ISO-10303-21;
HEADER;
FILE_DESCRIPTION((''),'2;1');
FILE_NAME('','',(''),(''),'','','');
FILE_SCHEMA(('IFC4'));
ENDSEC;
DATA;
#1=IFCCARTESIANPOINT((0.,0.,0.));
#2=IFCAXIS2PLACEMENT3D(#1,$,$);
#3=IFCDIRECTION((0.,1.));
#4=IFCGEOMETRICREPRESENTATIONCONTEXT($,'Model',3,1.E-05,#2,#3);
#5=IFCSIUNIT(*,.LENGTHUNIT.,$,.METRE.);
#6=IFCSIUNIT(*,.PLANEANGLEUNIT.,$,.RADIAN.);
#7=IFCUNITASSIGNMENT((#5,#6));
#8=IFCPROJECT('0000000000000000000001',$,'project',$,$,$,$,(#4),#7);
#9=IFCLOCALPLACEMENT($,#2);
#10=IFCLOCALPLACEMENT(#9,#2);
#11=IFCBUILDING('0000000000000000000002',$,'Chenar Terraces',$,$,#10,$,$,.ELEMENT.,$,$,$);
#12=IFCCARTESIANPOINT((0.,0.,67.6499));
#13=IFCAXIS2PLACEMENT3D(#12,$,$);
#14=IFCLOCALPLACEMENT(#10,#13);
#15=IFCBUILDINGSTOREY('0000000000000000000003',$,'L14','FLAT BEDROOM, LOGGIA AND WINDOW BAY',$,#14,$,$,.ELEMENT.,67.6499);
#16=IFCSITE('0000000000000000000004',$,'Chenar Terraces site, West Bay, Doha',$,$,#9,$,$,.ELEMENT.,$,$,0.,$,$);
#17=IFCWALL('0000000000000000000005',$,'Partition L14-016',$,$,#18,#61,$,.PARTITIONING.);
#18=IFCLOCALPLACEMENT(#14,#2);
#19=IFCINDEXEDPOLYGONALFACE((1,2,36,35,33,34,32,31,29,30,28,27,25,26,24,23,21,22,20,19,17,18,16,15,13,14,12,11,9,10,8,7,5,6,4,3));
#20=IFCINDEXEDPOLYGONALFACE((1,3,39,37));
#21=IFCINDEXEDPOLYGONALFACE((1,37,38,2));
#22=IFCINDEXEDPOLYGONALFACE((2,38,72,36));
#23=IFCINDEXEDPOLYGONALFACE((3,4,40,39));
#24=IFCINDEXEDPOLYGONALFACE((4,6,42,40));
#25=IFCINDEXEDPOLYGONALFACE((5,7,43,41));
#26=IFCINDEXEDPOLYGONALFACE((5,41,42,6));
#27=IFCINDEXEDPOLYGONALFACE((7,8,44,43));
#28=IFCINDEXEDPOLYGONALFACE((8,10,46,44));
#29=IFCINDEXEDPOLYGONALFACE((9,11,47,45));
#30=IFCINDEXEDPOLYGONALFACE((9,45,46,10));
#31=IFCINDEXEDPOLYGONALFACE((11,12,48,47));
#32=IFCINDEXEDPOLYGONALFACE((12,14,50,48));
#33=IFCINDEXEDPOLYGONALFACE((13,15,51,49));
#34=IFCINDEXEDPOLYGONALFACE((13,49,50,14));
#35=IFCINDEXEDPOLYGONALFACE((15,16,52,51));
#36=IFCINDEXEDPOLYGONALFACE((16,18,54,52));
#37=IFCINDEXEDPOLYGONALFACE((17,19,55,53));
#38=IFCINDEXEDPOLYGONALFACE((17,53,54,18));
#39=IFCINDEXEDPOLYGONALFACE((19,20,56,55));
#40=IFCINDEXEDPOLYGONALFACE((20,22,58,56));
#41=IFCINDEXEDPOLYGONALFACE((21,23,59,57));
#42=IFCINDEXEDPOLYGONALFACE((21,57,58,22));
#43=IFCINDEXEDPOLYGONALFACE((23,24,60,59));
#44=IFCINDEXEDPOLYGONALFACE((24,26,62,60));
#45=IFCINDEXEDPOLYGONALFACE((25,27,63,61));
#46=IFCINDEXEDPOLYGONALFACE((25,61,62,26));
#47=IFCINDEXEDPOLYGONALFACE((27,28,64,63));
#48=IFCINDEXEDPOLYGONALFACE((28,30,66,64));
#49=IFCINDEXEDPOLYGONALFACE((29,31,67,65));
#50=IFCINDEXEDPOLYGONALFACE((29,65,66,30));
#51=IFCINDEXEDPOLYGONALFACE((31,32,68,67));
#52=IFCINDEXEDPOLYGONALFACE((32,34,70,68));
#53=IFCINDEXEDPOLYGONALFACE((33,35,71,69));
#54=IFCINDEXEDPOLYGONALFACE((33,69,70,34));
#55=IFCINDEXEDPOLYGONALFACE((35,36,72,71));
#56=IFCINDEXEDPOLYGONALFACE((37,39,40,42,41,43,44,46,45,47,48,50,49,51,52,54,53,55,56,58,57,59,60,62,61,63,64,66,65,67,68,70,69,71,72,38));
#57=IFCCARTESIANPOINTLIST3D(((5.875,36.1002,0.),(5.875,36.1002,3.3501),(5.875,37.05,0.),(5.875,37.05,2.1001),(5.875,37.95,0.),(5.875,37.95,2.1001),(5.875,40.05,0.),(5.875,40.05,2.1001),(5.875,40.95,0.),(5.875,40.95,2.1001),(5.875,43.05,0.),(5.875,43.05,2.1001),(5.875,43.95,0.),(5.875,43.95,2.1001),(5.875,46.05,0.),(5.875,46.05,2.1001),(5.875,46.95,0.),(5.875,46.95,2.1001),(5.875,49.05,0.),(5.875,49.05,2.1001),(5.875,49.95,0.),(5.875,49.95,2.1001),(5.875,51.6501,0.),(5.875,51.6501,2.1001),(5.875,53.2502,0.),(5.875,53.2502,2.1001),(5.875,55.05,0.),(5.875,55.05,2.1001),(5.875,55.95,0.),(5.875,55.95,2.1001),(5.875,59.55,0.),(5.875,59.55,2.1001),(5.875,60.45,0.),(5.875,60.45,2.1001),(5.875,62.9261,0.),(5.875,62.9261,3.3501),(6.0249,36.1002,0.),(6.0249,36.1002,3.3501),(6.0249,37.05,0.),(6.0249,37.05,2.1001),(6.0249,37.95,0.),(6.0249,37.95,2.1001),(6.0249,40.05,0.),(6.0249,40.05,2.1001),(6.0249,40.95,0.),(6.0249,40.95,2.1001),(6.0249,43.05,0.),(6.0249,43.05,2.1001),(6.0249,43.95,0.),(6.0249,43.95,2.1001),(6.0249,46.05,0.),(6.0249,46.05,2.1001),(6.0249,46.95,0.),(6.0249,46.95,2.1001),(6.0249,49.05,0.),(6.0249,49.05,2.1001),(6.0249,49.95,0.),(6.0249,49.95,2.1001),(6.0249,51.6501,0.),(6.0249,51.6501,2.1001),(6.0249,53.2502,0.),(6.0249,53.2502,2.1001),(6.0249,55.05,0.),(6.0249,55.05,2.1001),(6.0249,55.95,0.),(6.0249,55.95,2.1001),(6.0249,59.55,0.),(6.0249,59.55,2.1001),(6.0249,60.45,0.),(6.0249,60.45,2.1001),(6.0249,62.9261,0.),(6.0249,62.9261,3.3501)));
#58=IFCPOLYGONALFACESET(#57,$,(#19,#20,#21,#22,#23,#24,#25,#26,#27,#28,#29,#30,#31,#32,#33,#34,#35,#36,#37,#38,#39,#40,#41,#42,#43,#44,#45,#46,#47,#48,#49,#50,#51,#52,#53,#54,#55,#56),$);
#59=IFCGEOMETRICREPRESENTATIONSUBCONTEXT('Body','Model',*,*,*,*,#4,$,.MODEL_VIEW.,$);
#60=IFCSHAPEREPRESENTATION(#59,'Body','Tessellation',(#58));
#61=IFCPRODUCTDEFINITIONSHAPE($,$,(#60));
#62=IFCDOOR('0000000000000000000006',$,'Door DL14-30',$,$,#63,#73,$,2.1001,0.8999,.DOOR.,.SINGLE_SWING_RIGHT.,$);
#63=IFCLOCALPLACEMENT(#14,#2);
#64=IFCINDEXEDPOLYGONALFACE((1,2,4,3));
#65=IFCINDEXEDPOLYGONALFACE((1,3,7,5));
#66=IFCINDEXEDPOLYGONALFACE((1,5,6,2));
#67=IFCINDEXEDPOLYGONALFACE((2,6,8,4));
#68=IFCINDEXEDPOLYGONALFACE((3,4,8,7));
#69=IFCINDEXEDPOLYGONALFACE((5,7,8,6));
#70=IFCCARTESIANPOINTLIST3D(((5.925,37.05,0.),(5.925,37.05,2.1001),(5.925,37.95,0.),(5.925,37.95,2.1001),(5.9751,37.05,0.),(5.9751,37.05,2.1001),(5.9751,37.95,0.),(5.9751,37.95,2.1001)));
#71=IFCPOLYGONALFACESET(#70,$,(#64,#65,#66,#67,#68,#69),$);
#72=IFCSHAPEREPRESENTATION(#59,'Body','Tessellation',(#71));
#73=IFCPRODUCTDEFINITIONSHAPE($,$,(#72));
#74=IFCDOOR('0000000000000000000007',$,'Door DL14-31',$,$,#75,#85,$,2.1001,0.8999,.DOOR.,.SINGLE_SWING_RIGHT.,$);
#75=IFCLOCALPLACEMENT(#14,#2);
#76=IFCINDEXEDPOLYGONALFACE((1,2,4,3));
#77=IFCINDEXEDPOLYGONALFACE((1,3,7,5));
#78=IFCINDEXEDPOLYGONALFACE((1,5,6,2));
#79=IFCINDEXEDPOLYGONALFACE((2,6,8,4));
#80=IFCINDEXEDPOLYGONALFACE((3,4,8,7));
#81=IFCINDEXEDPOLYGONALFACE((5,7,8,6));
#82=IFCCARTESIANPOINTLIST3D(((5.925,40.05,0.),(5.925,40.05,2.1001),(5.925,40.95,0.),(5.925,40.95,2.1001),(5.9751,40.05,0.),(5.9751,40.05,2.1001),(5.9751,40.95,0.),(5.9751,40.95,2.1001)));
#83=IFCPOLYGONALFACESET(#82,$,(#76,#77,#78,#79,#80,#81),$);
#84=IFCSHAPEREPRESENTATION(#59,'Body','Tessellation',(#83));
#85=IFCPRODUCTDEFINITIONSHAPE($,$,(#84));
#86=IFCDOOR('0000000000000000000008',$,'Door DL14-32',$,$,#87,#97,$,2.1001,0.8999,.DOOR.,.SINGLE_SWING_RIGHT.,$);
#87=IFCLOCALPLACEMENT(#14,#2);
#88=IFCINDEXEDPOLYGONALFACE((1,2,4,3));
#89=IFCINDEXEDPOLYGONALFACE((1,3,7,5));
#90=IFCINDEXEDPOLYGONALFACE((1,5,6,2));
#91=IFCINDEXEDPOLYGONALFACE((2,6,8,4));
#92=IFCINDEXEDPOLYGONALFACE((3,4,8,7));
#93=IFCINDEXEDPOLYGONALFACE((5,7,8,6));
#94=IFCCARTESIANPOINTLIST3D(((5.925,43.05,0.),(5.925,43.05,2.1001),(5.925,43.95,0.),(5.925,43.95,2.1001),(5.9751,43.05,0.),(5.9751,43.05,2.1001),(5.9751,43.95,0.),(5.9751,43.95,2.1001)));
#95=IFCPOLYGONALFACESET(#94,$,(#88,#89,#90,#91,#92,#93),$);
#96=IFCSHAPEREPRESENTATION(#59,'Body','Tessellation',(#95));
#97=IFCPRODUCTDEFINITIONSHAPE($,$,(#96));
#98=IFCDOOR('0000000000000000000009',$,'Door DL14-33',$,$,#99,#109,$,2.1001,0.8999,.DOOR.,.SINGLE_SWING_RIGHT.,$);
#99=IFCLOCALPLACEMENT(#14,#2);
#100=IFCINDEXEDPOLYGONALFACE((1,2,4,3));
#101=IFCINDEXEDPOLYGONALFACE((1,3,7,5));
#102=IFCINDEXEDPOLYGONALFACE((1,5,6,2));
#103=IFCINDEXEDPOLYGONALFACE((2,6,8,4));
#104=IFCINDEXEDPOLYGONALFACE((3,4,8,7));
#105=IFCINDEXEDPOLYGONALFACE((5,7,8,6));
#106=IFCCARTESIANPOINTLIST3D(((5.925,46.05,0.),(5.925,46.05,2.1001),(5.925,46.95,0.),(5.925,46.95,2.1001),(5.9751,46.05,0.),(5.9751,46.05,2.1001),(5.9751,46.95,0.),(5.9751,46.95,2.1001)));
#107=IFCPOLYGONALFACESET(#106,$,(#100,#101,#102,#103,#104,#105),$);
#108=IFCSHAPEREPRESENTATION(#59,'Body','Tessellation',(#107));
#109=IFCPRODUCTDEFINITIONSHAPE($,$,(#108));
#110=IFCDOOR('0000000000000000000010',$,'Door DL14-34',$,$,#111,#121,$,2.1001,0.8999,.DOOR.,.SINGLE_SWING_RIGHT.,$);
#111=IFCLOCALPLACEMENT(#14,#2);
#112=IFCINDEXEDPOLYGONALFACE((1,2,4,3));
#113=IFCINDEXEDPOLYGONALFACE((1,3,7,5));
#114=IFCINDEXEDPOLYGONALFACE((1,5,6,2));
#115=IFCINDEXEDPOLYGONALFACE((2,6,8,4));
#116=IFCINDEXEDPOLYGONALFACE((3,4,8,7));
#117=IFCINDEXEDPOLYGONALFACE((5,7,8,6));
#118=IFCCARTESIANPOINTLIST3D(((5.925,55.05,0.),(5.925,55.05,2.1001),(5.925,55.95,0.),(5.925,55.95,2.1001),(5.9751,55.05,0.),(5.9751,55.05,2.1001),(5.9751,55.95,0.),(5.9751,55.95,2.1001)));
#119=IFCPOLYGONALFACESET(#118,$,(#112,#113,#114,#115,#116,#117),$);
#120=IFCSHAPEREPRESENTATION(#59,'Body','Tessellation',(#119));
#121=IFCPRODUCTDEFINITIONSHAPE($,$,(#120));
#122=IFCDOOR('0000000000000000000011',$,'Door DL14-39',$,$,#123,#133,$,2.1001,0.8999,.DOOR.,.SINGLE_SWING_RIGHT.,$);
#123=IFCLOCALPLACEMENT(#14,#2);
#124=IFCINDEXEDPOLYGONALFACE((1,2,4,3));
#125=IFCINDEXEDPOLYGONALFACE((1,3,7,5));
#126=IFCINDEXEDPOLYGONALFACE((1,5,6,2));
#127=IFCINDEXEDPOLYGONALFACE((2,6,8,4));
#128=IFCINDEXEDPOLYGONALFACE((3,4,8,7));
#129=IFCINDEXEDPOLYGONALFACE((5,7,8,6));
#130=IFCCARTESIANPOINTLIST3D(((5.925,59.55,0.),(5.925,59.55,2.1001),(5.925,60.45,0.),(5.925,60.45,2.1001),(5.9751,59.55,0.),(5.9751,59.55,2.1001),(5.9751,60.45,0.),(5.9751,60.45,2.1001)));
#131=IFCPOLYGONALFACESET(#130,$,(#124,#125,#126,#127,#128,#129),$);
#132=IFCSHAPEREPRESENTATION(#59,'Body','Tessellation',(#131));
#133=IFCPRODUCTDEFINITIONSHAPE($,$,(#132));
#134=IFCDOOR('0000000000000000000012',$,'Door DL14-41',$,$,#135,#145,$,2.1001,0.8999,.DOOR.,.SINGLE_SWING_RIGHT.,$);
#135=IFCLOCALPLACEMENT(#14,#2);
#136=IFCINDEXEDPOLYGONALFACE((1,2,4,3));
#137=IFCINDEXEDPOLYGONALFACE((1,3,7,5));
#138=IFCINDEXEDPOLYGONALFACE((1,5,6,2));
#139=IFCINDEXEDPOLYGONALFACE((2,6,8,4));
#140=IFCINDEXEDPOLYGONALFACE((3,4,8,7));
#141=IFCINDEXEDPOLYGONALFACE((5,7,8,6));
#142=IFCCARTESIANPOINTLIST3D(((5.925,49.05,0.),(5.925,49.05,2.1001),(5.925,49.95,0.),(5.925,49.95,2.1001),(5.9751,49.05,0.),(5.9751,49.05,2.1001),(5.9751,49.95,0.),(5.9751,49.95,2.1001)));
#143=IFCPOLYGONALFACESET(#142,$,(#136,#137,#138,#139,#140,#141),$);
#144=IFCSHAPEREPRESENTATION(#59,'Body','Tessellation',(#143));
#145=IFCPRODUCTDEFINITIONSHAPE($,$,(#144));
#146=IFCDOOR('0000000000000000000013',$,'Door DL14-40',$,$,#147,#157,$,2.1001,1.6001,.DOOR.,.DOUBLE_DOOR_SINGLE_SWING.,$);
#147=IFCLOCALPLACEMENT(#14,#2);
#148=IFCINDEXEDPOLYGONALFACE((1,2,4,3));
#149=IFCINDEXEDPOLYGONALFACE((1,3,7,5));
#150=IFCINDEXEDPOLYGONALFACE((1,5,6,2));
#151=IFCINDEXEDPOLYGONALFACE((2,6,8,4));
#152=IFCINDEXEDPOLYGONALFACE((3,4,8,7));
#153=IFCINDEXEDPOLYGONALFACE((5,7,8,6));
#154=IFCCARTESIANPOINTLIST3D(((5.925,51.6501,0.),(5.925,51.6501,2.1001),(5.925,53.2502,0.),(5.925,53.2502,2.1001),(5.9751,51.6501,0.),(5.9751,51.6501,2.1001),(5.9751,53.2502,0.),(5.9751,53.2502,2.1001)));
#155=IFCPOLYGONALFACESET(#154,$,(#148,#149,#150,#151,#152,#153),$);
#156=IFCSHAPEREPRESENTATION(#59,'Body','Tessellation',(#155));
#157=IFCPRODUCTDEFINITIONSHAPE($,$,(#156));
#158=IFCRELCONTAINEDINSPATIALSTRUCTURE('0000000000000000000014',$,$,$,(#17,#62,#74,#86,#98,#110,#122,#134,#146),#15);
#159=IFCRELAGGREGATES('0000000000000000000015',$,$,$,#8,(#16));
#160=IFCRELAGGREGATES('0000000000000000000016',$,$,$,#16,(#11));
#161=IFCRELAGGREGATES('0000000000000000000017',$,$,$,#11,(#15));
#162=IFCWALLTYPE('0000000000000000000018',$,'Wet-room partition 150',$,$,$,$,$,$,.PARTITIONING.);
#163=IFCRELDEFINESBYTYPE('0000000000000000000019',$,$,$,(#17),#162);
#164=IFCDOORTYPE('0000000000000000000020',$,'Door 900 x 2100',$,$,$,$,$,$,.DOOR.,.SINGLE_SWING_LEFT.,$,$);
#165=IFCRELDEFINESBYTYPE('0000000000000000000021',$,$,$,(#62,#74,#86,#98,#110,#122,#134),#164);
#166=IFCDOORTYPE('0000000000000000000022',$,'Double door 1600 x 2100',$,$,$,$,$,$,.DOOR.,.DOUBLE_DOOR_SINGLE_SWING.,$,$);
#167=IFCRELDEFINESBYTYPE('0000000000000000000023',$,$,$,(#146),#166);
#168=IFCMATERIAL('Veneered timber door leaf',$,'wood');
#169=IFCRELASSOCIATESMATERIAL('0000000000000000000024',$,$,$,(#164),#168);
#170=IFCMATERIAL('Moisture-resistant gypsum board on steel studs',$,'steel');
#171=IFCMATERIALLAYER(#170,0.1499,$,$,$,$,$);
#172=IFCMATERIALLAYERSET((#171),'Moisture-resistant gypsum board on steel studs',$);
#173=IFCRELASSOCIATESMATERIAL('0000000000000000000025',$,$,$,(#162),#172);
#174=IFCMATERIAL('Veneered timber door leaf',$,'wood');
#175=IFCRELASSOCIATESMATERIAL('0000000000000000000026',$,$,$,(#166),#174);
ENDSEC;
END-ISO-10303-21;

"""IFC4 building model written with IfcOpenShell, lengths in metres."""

from ifc_helpers import new_model, si_unit, direction, frame, frame_2d, origin, place, context, subcontext, project, spatial, rectangle, extrude, material, layer, layer_set, type_object, element, fill, save


model = new_model("IFC4")

# Units and contexts
model_context = context("Model", 3, precision=1e-05, world=origin(), true_north=direction((0.0, 1.0)))
body_context = subcontext(model_context, "Body", "Model", "MODEL_VIEW")
ifc_project = project(units=[si_unit("LENGTHUNIT", "METRE"), si_unit("PLANEANGLEUNIT", "RADIAN")], contexts=[model_context])

# Site, building, storey
site_placement = place(None, origin())
site = spatial("IfcSite", under=ifc_project, at=site_placement, Name="Chenar Terraces site, West Bay, Doha", CompositionType="ELEMENT", RefElevation=0.0)
building_placement = place(site_placement, origin())
building = spatial("IfcBuilding", under=site, at=building_placement, Name="Chenar Terraces", CompositionType="ELEMENT")
storey_placement = place(building_placement, frame((0.0, 0.0, 67.6499)))
storey = spatial("IfcBuildingStorey", under=building, at=storey_placement, Name="L14", Description="FLAT BEDROOM, LOGGIA AND WINDOW BAY", CompositionType="ELEMENT", Elevation=67.6499)

# Shared definitions
ifc_material_1 = material(Name="Veneered timber door leaf", Category="wood")
door_type_1 = type_object("IfcDoorType", Name="Door 900 x 2100", OperationType="SINGLE_SWING_LEFT", PredefinedType="DOOR", material=ifc_material_1)

# Wall, openings, doors
ifc_material_2 = material(Name="Moisture-resistant gypsum board on steel studs", Category="steel")
ifc_layer_1 = layer(ifc_material_2, 0.1499)
ifc_layer_set_1 = layer_set([ifc_layer_1], Name="Moisture-resistant gypsum board on steel studs")
wall_type_1 = type_object("IfcWallType", Name="Wet-room partition 150", PredefinedType="PARTITIONING", material=ifc_layer_set_1)
wall_1_placement = place(storey_placement, frame((5.95, 36.1001, 0.0), z_axis=(0.0, 0.0, 1.0), x_axis=(0.0, 1.0, 0.0)))
wall_1 = element("IfcWall", 1, at=wall_1_placement, inside=storey, type_object=wall_type_1, Name="Partition L14-016", PredefinedType="PARTITIONING", context=body_context, shape_type="SweptSolid", body=[
    extrude(rectangle(XDim=26.8259, YDim=0.1499, at=frame_2d((13.4131, 0.0))), origin(), (0.0, 0.0, 1.0), 3.3501),
])
opening_1_placement = place(wall_1_placement, frame((0.95, 0.0, 0.0)))
opening_1 = element("IfcOpeningElement", 2, at=opening_1_placement, cuts=wall_1, PredefinedType="OPENING", context=body_context, shape_type="SweptSolid", body=[
    extrude(rectangle(XDim=0.8999, YDim=2.1001, at=frame_2d((0.45, 1.05))), frame((0.0, 0.085, 0.0), z_axis=(0.0, -1.0, 0.0), x_axis=(1.0, 0.0, 0.0)), (0.0, 0.0, 1.0), 0.1699),
])
opening_2_placement = place(wall_1_placement, frame((3.95, 0.0, 0.0)))
opening_2 = element("IfcOpeningElement", 3, at=opening_2_placement, cuts=wall_1, PredefinedType="OPENING", context=body_context, shape_type="SweptSolid", body=[
    extrude(rectangle(XDim=0.8999, YDim=2.1001, at=frame_2d((0.45, 1.05))), frame((0.0, 0.085, 0.0), z_axis=(0.0, -1.0, 0.0), x_axis=(1.0, 0.0, 0.0)), (0.0, 0.0, 1.0), 0.1699),
])
opening_3_placement = place(wall_1_placement, frame((6.95, 0.0, 0.0)))
opening_3 = element("IfcOpeningElement", 4, at=opening_3_placement, cuts=wall_1, PredefinedType="OPENING", context=body_context, shape_type="SweptSolid", body=[
    extrude(rectangle(XDim=0.8999, YDim=2.1001, at=frame_2d((0.45, 1.05))), frame((0.0, 0.085, 0.0), z_axis=(0.0, -1.0, 0.0), x_axis=(1.0, 0.0, 0.0)), (0.0, 0.0, 1.0), 0.1699),
])
opening_4_placement = place(wall_1_placement, frame((9.95, 0.0, 0.0)))
opening_4 = element("IfcOpeningElement", 5, at=opening_4_placement, cuts=wall_1, PredefinedType="OPENING", context=body_context, shape_type="SweptSolid", body=[
    extrude(rectangle(XDim=0.8999, YDim=2.1001, at=frame_2d((0.45, 1.05))), frame((0.0, 0.085, 0.0), z_axis=(0.0, -1.0, 0.0), x_axis=(1.0, 0.0, 0.0)), (0.0, 0.0, 1.0), 0.1699),
])
opening_5_placement = place(wall_1_placement, frame((18.95, 0.0, 0.0)))
opening_5 = element("IfcOpeningElement", 6, at=opening_5_placement, cuts=wall_1, PredefinedType="OPENING", context=body_context, shape_type="SweptSolid", body=[
    extrude(rectangle(XDim=0.8999, YDim=2.1001, at=frame_2d((0.45, 1.05))), frame((0.0, 0.085, 0.0), z_axis=(0.0, -1.0, 0.0), x_axis=(1.0, 0.0, 0.0)), (0.0, 0.0, 1.0), 0.1699),
])
opening_6_placement = place(wall_1_placement, frame((23.45, 0.0, 0.0)))
opening_6 = element("IfcOpeningElement", 7, at=opening_6_placement, cuts=wall_1, PredefinedType="OPENING", context=body_context, shape_type="SweptSolid", body=[
    extrude(rectangle(XDim=0.8999, YDim=2.1001, at=frame_2d((0.45, 1.05))), frame((0.0, 0.085, 0.0), z_axis=(0.0, -1.0, 0.0), x_axis=(1.0, 0.0, 0.0)), (0.0, 0.0, 1.0), 0.1699),
])
opening_7_placement = place(wall_1_placement, frame((15.55, 0.0, 0.0)))
opening_7 = element("IfcOpeningElement", 8, at=opening_7_placement, cuts=wall_1, PredefinedType="OPENING", context=body_context, shape_type="SweptSolid", body=[
    extrude(rectangle(XDim=1.6001, YDim=2.1001, at=frame_2d((0.8, 1.05))), frame((0.0, 0.085, 0.0), z_axis=(0.0, -1.0, 0.0), x_axis=(1.0, 0.0, 0.0)), (0.0, 0.0, 1.0), 0.1699),
])
opening_8_placement = place(wall_1_placement, frame((12.95, 0.0, 0.0)))
opening_8 = element("IfcOpeningElement", 9, at=opening_8_placement, cuts=wall_1, PredefinedType="OPENING", context=body_context, shape_type="SweptSolid", body=[
    extrude(rectangle(XDim=0.8999, YDim=2.1001, at=frame_2d((0.45, 1.05))), frame((0.0, 0.085, 0.0), z_axis=(0.0, -1.0, 0.0), x_axis=(1.0, 0.0, 0.0)), (0.0, 0.0, 1.0), 0.1699),
])
door_1_placement = place(opening_1_placement, origin())
door_1 = element("IfcDoor", 10, at=door_1_placement, inside=storey, type_object=door_type_1, Name="Door DL14-30", OperationType="SINGLE_SWING_RIGHT", OverallHeight=2.1001, OverallWidth=0.8999, PredefinedType="DOOR", context=body_context, shape_type="SweptSolid", body=[
    extrude(rectangle(XDim=0.8999, YDim=2.1001, at=frame_2d((0.45, 1.05))), frame((0.0, 0.0249, 0.0), z_axis=(0.0, -1.0, 0.0), x_axis=(1.0, 0.0, 0.0)), (0.0, 0.0, 1.0), 0.05),
])
fill(opening_1, door_1)
door_2_placement = place(opening_2_placement, origin())
door_2 = element("IfcDoor", 11, at=door_2_placement, inside=storey, type_object=door_type_1, Name="Door DL14-31", OperationType="SINGLE_SWING_RIGHT", OverallHeight=2.1001, OverallWidth=0.8999, PredefinedType="DOOR", context=body_context, shape_type="SweptSolid", body=[
    extrude(rectangle(XDim=0.8999, YDim=2.1001, at=frame_2d((0.45, 1.05))), frame((0.0, 0.0249, 0.0), z_axis=(0.0, -1.0, 0.0), x_axis=(1.0, 0.0, 0.0)), (0.0, 0.0, 1.0), 0.05),
])
fill(opening_2, door_2)
door_3_placement = place(opening_3_placement, origin())
door_3 = element("IfcDoor", 12, at=door_3_placement, inside=storey, type_object=door_type_1, Name="Door DL14-32", OperationType="SINGLE_SWING_RIGHT", OverallHeight=2.1001, OverallWidth=0.8999, PredefinedType="DOOR", context=body_context, shape_type="SweptSolid", body=[
    extrude(rectangle(XDim=0.8999, YDim=2.1001, at=frame_2d((0.45, 1.05))), frame((0.0, 0.0249, 0.0), z_axis=(0.0, -1.0, 0.0), x_axis=(1.0, 0.0, 0.0)), (0.0, 0.0, 1.0), 0.05),
])
fill(opening_3, door_3)
door_4_placement = place(opening_4_placement, origin())
door_4 = element("IfcDoor", 13, at=door_4_placement, inside=storey, type_object=door_type_1, Name="Door DL14-33", OperationType="SINGLE_SWING_RIGHT", OverallHeight=2.1001, OverallWidth=0.8999, PredefinedType="DOOR", context=body_context, shape_type="SweptSolid", body=[
    extrude(rectangle(XDim=0.8999, YDim=2.1001, at=frame_2d((0.45, 1.05))), frame((0.0, 0.0249, 0.0), z_axis=(0.0, -1.0, 0.0), x_axis=(1.0, 0.0, 0.0)), (0.0, 0.0, 1.0), 0.05),
])
fill(opening_4, door_4)
door_5_placement = place(opening_5_placement, origin())
door_5 = element("IfcDoor", 14, at=door_5_placement, inside=storey, type_object=door_type_1, Name="Door DL14-34", OperationType="SINGLE_SWING_RIGHT", OverallHeight=2.1001, OverallWidth=0.8999, PredefinedType="DOOR", context=body_context, shape_type="SweptSolid", body=[
    extrude(rectangle(XDim=0.8999, YDim=2.1001, at=frame_2d((0.45, 1.05))), frame((0.0, 0.0249, 0.0), z_axis=(0.0, -1.0, 0.0), x_axis=(1.0, 0.0, 0.0)), (0.0, 0.0, 1.0), 0.05),
])
fill(opening_5, door_5)
door_6_placement = place(opening_6_placement, origin())
door_6 = element("IfcDoor", 15, at=door_6_placement, inside=storey, type_object=door_type_1, Name="Door DL14-39", OperationType="SINGLE_SWING_RIGHT", OverallHeight=2.1001, OverallWidth=0.8999, PredefinedType="DOOR", context=body_context, shape_type="SweptSolid", body=[
    extrude(rectangle(XDim=0.8999, YDim=2.1001, at=frame_2d((0.45, 1.05))), frame((0.0, 0.0249, 0.0), z_axis=(0.0, -1.0, 0.0), x_axis=(1.0, 0.0, 0.0)), (0.0, 0.0, 1.0), 0.05),
])
fill(opening_6, door_6)
door_7_placement = place(opening_8_placement, origin())
door_7 = element("IfcDoor", 16, at=door_7_placement, inside=storey, type_object=door_type_1, Name="Door DL14-41", OperationType="SINGLE_SWING_RIGHT", OverallHeight=2.1001, OverallWidth=0.8999, PredefinedType="DOOR", context=body_context, shape_type="SweptSolid", body=[
    extrude(rectangle(XDim=0.8999, YDim=2.1001, at=frame_2d((0.45, 1.05))), frame((0.0, 0.0249, 0.0), z_axis=(0.0, -1.0, 0.0), x_axis=(1.0, 0.0, 0.0)), (0.0, 0.0, 1.0), 0.05),
])
fill(opening_8, door_7)
ifc_material_3 = material(Name="Veneered timber door leaf", Category="wood")
door_type_2 = type_object("IfcDoorType", Name="Double door 1600 x 2100", OperationType="DOUBLE_DOOR_SINGLE_SWING", PredefinedType="DOOR", material=ifc_material_3)
door_8_placement = place(opening_7_placement, origin())
door_8 = element("IfcDoor", 17, at=door_8_placement, inside=storey, type_object=door_type_2, Name="Door DL14-40", OperationType="DOUBLE_DOOR_SINGLE_SWING", OverallHeight=2.1001, OverallWidth=1.6001, PredefinedType="DOOR", context=body_context, shape_type="SweptSolid", body=[
    extrude(rectangle(XDim=1.6001, YDim=2.1001, at=frame_2d((0.8, 1.05))), frame((0.0, 0.0249, 0.0), z_axis=(0.0, -1.0, 0.0), x_axis=(1.0, 0.0, 0.0)), (0.0, 0.0, 1.0), 0.05),
])
fill(opening_7, door_8)

save(model, "model.ifc")
